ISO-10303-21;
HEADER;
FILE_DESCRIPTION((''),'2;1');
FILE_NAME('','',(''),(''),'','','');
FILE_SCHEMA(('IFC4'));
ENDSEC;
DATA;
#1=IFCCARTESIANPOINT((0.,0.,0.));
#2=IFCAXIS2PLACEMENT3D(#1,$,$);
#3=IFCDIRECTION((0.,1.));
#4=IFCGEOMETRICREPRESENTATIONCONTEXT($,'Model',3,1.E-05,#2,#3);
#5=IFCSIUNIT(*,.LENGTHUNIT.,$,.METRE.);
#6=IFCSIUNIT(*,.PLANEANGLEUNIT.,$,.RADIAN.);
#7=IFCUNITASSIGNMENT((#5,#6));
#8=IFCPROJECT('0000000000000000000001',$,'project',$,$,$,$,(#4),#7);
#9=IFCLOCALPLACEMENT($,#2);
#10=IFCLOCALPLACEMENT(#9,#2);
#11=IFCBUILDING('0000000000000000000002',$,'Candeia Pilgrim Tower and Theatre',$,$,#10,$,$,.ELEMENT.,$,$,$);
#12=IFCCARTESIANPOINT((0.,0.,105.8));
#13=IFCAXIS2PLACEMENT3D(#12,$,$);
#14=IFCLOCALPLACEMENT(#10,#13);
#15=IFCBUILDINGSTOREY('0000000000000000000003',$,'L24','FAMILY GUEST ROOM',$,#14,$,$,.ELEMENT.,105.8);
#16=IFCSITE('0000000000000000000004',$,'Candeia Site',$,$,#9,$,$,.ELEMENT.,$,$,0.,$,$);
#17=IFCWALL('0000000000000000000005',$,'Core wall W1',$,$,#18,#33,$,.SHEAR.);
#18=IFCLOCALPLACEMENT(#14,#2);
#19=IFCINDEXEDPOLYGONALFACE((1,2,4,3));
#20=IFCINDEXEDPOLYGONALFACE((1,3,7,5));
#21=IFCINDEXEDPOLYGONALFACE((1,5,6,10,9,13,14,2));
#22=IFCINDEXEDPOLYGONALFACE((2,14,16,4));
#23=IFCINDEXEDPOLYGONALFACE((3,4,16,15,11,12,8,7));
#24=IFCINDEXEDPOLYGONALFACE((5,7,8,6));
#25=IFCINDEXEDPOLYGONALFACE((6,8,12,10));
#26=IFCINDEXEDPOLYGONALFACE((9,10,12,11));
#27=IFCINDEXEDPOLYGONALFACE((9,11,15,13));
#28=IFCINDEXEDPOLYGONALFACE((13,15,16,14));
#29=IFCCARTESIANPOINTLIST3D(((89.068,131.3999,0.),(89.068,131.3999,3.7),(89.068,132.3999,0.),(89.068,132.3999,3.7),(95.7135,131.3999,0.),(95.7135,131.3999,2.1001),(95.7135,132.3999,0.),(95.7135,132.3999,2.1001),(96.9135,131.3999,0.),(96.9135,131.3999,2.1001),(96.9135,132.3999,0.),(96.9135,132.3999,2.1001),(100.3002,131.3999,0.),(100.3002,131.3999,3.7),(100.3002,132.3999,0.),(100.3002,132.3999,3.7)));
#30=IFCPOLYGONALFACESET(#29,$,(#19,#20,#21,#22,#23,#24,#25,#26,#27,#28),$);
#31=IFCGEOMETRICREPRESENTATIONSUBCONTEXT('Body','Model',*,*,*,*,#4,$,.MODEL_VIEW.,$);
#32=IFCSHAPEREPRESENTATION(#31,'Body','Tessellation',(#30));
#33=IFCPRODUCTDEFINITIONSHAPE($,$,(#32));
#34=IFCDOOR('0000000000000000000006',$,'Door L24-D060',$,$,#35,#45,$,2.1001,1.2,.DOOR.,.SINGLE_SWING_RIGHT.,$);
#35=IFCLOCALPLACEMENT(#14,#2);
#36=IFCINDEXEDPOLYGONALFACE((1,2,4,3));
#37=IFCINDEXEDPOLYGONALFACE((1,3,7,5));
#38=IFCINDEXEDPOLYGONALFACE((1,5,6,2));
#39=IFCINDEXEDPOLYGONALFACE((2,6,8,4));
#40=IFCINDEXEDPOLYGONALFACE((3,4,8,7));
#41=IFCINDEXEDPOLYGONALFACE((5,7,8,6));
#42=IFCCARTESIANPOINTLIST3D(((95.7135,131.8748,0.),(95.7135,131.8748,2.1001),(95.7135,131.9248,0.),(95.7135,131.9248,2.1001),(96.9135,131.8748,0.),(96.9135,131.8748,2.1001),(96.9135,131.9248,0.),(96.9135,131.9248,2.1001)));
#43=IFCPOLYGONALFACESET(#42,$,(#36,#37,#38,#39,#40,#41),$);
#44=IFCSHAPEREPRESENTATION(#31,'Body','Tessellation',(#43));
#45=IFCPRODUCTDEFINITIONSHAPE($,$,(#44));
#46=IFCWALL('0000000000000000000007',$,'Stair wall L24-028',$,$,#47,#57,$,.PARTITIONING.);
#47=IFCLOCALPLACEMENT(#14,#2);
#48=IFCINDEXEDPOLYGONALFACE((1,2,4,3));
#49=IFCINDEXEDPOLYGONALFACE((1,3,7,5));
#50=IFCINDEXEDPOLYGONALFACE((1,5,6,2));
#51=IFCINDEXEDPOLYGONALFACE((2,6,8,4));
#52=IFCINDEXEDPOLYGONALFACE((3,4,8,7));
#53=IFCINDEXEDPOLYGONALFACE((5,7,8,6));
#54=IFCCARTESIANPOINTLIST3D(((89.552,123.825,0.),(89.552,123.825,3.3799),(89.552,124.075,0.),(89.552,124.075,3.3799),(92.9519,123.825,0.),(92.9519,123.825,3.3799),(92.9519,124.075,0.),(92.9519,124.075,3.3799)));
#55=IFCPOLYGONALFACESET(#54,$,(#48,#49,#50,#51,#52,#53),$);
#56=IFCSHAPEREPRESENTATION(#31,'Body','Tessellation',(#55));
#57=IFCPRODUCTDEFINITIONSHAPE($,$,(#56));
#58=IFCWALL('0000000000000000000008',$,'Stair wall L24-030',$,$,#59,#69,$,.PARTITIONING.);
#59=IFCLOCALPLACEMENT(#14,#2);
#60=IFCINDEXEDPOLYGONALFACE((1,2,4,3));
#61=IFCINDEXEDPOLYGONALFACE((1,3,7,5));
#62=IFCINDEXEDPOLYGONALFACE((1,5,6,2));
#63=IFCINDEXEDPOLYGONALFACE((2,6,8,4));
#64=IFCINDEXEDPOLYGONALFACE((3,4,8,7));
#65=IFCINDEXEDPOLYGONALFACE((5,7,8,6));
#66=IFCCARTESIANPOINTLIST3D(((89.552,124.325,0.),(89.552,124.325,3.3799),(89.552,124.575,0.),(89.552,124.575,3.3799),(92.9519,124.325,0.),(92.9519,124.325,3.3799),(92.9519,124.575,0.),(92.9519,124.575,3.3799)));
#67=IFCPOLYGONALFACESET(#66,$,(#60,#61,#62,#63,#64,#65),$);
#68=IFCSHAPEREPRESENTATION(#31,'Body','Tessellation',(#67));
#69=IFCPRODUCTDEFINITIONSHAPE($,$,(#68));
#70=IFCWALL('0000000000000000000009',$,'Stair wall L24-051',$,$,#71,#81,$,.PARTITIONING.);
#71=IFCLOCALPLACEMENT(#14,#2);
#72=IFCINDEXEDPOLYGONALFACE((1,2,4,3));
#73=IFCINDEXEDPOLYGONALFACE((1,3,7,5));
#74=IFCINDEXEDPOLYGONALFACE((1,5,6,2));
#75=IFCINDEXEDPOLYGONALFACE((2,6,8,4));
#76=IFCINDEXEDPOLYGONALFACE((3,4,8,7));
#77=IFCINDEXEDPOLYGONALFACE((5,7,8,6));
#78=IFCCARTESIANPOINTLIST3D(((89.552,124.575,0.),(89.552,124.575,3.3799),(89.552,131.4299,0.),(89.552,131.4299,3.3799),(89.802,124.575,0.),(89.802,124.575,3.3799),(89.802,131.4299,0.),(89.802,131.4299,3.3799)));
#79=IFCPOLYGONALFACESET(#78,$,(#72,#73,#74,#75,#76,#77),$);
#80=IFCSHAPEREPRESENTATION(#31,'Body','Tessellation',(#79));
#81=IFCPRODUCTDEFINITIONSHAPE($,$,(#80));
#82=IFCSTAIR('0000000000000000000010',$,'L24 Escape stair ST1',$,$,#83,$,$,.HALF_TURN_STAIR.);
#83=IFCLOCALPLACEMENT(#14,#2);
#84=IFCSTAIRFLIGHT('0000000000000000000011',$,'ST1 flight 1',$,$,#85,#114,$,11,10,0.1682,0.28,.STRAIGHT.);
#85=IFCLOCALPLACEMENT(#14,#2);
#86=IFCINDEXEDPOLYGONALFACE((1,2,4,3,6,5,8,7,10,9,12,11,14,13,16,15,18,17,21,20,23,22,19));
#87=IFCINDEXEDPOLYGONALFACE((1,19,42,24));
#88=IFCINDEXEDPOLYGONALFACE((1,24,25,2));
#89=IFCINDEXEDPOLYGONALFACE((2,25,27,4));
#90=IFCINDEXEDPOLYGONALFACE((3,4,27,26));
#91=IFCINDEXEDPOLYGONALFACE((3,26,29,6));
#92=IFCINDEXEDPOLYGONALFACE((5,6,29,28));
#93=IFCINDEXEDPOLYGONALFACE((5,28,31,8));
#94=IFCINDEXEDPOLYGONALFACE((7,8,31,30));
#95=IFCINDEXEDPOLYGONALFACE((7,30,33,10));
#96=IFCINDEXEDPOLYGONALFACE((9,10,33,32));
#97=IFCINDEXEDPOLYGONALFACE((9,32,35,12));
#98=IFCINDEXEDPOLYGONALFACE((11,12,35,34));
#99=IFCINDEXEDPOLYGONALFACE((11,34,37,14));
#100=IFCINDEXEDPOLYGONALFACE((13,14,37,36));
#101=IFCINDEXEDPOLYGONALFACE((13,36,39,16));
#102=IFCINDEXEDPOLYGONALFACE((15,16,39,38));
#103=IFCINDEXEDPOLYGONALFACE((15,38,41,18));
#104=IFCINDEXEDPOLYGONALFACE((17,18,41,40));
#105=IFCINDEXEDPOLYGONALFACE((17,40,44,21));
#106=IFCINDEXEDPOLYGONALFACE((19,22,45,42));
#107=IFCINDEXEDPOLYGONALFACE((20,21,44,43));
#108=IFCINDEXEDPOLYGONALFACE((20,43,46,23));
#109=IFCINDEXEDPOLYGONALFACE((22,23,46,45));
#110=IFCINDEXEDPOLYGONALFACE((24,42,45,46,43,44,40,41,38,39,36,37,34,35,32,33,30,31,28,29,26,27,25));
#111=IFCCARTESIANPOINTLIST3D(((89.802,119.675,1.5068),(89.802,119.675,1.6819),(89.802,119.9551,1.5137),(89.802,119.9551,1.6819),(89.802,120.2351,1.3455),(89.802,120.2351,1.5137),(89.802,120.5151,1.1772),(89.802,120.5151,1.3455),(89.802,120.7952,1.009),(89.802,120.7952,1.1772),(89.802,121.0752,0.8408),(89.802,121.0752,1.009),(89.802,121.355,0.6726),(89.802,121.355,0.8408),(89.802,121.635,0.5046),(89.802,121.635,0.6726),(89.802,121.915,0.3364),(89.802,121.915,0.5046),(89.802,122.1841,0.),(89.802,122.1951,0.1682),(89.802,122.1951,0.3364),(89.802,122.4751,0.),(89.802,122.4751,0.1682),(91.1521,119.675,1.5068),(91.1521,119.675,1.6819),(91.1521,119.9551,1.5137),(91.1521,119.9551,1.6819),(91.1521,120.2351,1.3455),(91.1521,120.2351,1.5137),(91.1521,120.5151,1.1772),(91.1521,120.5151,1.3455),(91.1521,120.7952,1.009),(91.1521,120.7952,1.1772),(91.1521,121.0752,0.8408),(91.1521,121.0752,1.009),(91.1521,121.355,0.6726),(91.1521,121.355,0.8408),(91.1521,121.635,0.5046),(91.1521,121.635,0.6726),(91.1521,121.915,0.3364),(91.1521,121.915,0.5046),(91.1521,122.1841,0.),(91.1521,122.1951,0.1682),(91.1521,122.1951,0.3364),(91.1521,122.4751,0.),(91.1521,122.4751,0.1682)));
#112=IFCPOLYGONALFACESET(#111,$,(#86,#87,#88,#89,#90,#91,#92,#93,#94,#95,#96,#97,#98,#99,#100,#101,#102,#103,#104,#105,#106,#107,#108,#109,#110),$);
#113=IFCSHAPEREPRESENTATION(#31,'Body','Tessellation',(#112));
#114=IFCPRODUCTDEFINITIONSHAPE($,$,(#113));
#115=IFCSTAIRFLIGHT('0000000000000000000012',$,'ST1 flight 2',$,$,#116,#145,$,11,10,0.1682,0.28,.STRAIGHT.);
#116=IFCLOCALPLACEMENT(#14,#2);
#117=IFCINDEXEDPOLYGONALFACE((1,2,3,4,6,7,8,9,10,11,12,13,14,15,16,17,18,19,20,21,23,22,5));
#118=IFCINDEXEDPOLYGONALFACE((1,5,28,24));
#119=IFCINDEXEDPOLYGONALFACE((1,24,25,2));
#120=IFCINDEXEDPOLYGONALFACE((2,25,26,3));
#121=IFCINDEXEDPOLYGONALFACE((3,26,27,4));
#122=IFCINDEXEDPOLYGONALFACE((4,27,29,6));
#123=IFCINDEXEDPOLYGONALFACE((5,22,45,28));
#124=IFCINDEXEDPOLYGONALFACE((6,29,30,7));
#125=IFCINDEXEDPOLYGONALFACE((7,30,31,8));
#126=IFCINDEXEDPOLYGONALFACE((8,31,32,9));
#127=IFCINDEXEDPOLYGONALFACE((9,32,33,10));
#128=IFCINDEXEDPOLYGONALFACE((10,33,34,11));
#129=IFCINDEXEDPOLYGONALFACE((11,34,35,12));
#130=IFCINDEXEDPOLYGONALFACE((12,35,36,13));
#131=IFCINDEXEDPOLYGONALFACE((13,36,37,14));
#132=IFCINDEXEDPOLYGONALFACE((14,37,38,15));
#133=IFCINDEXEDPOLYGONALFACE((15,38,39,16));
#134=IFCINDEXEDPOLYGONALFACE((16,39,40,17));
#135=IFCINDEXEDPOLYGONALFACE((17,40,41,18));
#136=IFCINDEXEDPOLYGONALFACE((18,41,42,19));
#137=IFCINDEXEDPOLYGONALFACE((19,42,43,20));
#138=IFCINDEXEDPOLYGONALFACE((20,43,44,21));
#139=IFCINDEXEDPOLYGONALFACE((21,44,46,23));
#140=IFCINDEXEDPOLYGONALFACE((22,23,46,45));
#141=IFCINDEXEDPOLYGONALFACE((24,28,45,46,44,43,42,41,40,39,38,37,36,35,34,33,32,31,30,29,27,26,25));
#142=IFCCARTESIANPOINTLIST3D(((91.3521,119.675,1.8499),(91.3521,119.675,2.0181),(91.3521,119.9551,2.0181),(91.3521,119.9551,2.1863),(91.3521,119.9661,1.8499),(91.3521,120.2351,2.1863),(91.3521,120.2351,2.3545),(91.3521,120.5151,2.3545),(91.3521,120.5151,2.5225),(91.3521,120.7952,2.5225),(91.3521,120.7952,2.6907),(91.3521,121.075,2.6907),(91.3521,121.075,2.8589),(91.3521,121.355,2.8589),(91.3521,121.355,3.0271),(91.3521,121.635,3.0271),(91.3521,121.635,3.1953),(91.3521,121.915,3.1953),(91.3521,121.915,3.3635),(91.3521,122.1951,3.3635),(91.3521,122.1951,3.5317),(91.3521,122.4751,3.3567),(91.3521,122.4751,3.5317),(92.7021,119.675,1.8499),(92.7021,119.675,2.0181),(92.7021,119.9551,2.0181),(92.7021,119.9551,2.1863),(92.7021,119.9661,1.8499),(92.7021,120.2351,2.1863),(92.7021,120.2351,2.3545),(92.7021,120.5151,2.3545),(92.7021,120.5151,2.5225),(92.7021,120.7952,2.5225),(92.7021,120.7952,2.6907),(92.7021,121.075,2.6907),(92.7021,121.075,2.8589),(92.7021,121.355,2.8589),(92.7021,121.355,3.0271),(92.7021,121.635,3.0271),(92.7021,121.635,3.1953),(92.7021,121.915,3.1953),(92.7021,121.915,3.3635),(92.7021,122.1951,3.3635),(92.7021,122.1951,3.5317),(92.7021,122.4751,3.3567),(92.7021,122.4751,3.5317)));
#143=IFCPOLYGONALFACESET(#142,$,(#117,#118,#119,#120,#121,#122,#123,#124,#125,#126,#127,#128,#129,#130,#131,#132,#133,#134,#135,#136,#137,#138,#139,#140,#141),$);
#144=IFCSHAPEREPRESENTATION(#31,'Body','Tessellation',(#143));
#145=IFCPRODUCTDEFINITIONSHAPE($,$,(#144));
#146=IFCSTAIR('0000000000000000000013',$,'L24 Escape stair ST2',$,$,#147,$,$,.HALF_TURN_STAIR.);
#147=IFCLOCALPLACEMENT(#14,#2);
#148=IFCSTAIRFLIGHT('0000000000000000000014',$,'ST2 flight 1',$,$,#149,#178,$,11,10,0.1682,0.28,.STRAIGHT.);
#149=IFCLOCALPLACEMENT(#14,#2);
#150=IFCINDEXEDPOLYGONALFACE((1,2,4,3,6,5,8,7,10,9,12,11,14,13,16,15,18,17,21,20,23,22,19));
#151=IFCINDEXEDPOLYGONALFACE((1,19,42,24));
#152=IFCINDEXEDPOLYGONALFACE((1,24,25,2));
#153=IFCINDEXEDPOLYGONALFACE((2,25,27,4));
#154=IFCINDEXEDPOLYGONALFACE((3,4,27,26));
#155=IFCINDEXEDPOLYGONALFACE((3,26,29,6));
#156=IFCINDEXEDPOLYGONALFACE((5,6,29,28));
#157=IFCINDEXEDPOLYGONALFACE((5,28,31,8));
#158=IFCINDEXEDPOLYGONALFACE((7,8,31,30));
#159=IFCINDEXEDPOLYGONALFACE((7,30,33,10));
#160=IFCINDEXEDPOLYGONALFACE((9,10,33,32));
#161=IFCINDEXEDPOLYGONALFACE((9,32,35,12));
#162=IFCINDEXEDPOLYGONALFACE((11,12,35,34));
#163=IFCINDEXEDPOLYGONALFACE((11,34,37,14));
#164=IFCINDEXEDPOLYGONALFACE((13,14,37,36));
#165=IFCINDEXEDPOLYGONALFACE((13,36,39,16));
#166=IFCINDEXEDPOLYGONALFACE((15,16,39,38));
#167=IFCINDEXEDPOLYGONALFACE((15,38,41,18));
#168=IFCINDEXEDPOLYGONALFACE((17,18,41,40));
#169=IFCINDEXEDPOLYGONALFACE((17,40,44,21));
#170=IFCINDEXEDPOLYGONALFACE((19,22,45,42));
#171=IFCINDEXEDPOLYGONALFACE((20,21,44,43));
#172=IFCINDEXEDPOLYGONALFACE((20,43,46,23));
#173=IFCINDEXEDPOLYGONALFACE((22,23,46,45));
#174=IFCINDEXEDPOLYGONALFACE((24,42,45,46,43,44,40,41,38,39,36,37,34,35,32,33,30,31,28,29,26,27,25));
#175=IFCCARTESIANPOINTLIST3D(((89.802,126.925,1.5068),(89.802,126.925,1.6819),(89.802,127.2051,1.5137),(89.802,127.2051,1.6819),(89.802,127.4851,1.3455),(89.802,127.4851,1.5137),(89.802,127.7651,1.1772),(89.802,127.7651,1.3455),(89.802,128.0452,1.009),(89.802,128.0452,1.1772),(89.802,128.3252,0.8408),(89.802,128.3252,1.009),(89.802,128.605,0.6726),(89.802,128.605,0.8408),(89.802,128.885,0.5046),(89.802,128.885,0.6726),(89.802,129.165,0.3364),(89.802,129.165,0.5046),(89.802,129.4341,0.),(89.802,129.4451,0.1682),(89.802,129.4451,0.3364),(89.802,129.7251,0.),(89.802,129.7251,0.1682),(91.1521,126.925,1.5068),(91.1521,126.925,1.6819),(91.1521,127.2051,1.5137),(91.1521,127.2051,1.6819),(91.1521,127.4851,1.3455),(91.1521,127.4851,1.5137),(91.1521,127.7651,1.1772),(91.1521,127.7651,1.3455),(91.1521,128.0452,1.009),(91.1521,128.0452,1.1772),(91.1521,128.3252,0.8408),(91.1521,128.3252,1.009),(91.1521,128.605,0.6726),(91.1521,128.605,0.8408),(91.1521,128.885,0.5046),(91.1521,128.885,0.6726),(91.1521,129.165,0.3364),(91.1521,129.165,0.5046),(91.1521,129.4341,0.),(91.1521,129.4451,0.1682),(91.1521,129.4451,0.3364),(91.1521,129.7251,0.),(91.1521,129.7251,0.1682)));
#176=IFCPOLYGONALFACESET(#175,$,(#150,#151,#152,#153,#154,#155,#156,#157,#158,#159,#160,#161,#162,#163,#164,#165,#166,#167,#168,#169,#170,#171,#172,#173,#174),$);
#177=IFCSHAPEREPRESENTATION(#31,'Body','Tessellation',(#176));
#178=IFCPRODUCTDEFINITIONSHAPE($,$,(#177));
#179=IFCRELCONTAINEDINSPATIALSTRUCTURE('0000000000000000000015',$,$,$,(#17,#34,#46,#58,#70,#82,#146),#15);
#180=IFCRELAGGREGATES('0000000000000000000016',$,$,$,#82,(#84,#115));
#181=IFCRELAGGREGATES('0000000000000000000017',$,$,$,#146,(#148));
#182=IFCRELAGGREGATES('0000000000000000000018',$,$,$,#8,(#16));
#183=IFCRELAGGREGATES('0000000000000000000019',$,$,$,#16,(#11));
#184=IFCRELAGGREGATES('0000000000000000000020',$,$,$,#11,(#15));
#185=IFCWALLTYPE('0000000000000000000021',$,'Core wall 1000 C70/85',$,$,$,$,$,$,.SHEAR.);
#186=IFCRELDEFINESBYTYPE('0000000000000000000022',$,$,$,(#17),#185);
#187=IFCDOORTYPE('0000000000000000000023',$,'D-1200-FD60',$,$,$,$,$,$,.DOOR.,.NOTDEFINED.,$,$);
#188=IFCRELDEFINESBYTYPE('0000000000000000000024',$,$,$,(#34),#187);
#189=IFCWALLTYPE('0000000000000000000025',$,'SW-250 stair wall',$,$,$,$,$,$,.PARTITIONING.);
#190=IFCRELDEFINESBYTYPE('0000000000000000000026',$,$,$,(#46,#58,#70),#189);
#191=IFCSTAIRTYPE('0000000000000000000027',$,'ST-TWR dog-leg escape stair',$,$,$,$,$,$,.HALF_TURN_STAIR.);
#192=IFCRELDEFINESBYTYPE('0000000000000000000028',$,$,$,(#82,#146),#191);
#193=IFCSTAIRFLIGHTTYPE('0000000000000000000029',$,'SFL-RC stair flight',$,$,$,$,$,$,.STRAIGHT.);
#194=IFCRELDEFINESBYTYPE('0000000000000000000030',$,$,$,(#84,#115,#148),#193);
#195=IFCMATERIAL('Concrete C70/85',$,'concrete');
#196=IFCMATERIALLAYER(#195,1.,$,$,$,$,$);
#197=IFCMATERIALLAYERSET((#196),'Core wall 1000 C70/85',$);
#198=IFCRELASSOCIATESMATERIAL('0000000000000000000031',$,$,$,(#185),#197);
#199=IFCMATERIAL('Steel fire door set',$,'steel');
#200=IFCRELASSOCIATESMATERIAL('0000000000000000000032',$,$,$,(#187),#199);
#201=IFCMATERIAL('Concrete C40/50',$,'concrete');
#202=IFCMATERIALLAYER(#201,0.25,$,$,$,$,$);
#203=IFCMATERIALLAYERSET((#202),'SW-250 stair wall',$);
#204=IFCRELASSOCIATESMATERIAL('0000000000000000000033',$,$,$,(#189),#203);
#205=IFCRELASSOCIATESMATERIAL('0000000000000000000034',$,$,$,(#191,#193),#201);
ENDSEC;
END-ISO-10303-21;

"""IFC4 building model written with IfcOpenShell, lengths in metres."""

from ifc_helpers import new_model, si_unit, direction, frame, frame_2d, origin, place, context, subcontext, project, spatial, polyline, rectangle, outline, extrude, material, layer, layer_set, type_object, element, fill, aggregate, save


model = new_model("IFC4")

# Units and contexts
model_context = context("Model", 3, precision=1e-05, world=origin(), true_north=direction((0.0, 1.0)))
body_context = subcontext(model_context, "Body", "Model", "MODEL_VIEW")
ifc_project = project(units=[si_unit("LENGTHUNIT", "METRE"), si_unit("PLANEANGLEUNIT", "RADIAN")], contexts=[model_context])

# Site, building, storey
site_placement = place(None, origin())
site = spatial("IfcSite", under=ifc_project, at=site_placement, Name="Candeia Site", CompositionType="ELEMENT", RefElevation=0.0)
building_placement = place(site_placement, origin())
building = spatial("IfcBuilding", under=site, at=building_placement, Name="Candeia Pilgrim Tower and Theatre", CompositionType="ELEMENT")
storey_placement = place(building_placement, frame((0.0, 0.0, 105.8)))
storey = spatial("IfcBuildingStorey", under=building, at=storey_placement, Name="L24", Description="FAMILY GUEST ROOM", CompositionType="ELEMENT", Elevation=105.8)

# Wall, opening, door
ifc_material_1 = material(Name="Concrete C70/85", Category="concrete")
ifc_layer_1 = layer(ifc_material_1, 1.0)
ifc_layer_set_1 = layer_set([ifc_layer_1], Name="Core wall 1000 C70/85")
wall_type_1 = type_object("IfcWallType", Name="Core wall 1000 C70/85", PredefinedType="SHEAR", material=ifc_layer_set_1)
wall_1_placement = place(storey_placement, frame((89.0679, 131.8999, 0.0), z_axis=(0.0, 0.0, 1.0), x_axis=(1.0, 0.0, 0.0)))
wall_1 = element("IfcWall", 1, at=wall_1_placement, inside=storey, type_object=wall_type_1, Name="Core wall W1", PredefinedType="SHEAR", context=body_context, shape_type="SweptSolid", body=[
    extrude(rectangle(XDim=11.2322, YDim=1.0, at=frame_2d((5.6162, 0.0))), origin(), (0.0, 0.0, 1.0), 3.7),
])
opening_placement = place(wall_1_placement, frame((6.6455, 0.0, 0.0)))
opening = element("IfcOpeningElement", 2, at=opening_placement, cuts=wall_1, PredefinedType="OPENING", context=body_context, shape_type="SweptSolid", body=[
    extrude(rectangle(XDim=1.2, YDim=2.1001, at=frame_2d((0.6001, 1.05))), frame((0.0, 0.51, 0.0), z_axis=(0.0, -1.0, 0.0), x_axis=(1.0, 0.0, 0.0)), (0.0, 0.0, 1.0), 1.02),
])
ifc_material_2 = material(Name="Steel fire door set", Category="steel")
door_type = type_object("IfcDoorType", Name="D-1200-FD60", OperationType="NOTDEFINED", PredefinedType="DOOR", material=ifc_material_2)
door_placement = place(opening_placement, origin())
door = element("IfcDoor", 3, at=door_placement, inside=storey, type_object=door_type, Name="Door L24-D060", OperationType="SINGLE_SWING_RIGHT", OverallHeight=2.1001, OverallWidth=1.2, PredefinedType="DOOR", context=body_context, shape_type="SweptSolid", body=[
    extrude(rectangle(XDim=1.2, YDim=2.1001, at=frame_2d((0.6001, 1.05))), frame((0.0, 0.0249, 0.0), z_axis=(0.0, -1.0, 0.0), x_axis=(1.0, 0.0, 0.0)), (0.0, 0.0, 1.0), 0.05),
])
fill(opening, door)

# Walls
ifc_material_3 = material(Name="Concrete C40/50", Category="concrete")
ifc_layer_2 = layer(ifc_material_3, 0.25)
ifc_layer_set_2 = layer_set([ifc_layer_2], Name="SW-250 stair wall")
wall_type_2 = type_object("IfcWallType", Name="SW-250 stair wall", PredefinedType="PARTITIONING", material=ifc_layer_set_2)
for number, where, z_axis, x_axis, name in (
    (4, (89.552, 123.95, 0.0), (0.0, 0.0, 1.0), (1.0, 0.0, 0.0), "Stair wall L24-028"),
    (5, (89.552, 124.45, 0.0), (0.0, 0.0, 1.0), (1.0, 0.0, 0.0), "Stair wall L24-030"),
):
    element("IfcWall", number, at=place(storey_placement, frame(where, z_axis=z_axis, x_axis=x_axis)), inside=storey, type_object=wall_type_2, Name=name, PredefinedType="PARTITIONING", context=body_context, shape_type="SweptSolid", body=[
        extrude(rectangle(XDim=3.3999, YDim=0.25, at=frame_2d((1.7, 0.0))), origin(), (0.0, 0.0, 1.0), 3.3799),
    ])
wall_2_placement = place(storey_placement, frame((89.677, 124.575, 0.0), z_axis=(0.0, 0.0, 1.0), x_axis=(0.0, 1.0, 0.0)))
element("IfcWall", 6, at=wall_2_placement, inside=storey, type_object=wall_type_2, Name="Stair wall L24-051", PredefinedType="PARTITIONING", context=body_context, shape_type="SweptSolid", body=[
    extrude(rectangle(XDim=6.855, YDim=0.25, at=frame_2d((3.4275, 0.0))), origin(), (0.0, 0.0, 1.0), 3.3799),
])

# Stairs, stair flights
stair_type = type_object("IfcStairType", Name="ST-TWR dog-leg escape stair", PredefinedType="HALF_TURN_STAIR", material=ifc_material_3)
stair_1_placement = place(storey_placement, origin())
stair_1 = element("IfcStair", 7, at=stair_1_placement, inside=storey, type_object=stair_type, Name="L24 Escape stair ST1", PredefinedType="HALF_TURN_STAIR")
stair_flight_type = type_object("IfcStairFlightType", Name="SFL-RC stair flight", PredefinedType="STRAIGHT", material=ifc_material_3)
stair_flight_1_placement = place(storey_placement, frame((90.4771, 122.4751, 0.0), z_axis=(0.0, 0.0, 1.0), x_axis=(0.0, -1.0, 0.0)))
stair_flight_1 = element("IfcStairFlight", 8, at=stair_flight_1_placement, type_object=stair_flight_type, Name="ST1 flight 1", NumberOfRisers=11, NumberOfTreads=10, PredefinedType="STRAIGHT", RiserHeight=0.1682, TreadLength=0.28, context=body_context, shape_type="SweptSolid", body=[
    extrude(outline(polyline([(0.0, 0.0), (0.0, 0.1682), (0.28, 0.1682), (0.28, 0.3364), (0.5601, 0.3364), (0.5601, 0.5046), (0.8401, 0.5046), (0.8401, 0.6726), (1.1201, 0.6726), (1.1201, 0.8408), (1.3999, 0.8408), (1.3999, 1.009), (1.6799, 1.009), (1.6799, 1.1772), (1.96, 1.1772), (1.96, 1.3455), (2.24, 1.3455), (2.24, 1.5137), (2.52, 1.5137), (2.52, 1.6819), (2.8, 1.6819), (2.8, 1.8501), (2.8, 1.5068), (0.291, 0.0), (0.0, 0.0)])), frame((0.0, 0.675, 0.0), z_axis=(0.0, -1.0, 0.0), x_axis=(1.0, 0.0, 0.0)), (0.0, 0.0, 1.0), 1.3501),
])
stair_flight_2_placement = place(storey_placement, frame((92.0271, 119.675, 1.8499), z_axis=(0.0, 0.0, 1.0), x_axis=(0.0, 1.0, 0.0)))
stair_flight_2 = element("IfcStairFlight", 9, at=stair_flight_2_placement, type_object=stair_flight_type, Name="ST1 flight 2", NumberOfRisers=11, NumberOfTreads=10, PredefinedType="STRAIGHT", RiserHeight=0.1682, TreadLength=0.28, context=body_context, shape_type="SweptSolid", body=[
    extrude(outline(polyline([(0.0, 0.0), (0.0, 0.1682), (0.28, 0.1682), (0.28, 0.3364), (0.5601, 0.3364), (0.5601, 0.5046), (0.8401, 0.5046), (0.8401, 0.6726), (1.1201, 0.6726), (1.1201, 0.8408), (1.3999, 0.8408), (1.3999, 1.009), (1.6799, 1.009), (1.6799, 1.1772), (1.96, 1.1772), (1.96, 1.3455), (2.24, 1.3455), (2.24, 1.5137), (2.52, 1.5137), (2.52, 1.6819), (2.8, 1.6819), (2.8, 1.8501), (2.8, 1.5068), (0.291, 0.0), (0.0, 0.0)])), frame((0.0, 0.675, 0.0), z_axis=(0.0, -1.0, 0.0), x_axis=(1.0, 0.0, 0.0)), (0.0, 0.0, 1.0), 1.3501),
])
aggregate(stair_1, [stair_flight_1, stair_flight_2])
stair_2_placement = place(storey_placement, origin())
stair_2 = element("IfcStair", 10, at=stair_2_placement, inside=storey, type_object=stair_type, Name="L24 Escape stair ST2", PredefinedType="HALF_TURN_STAIR")
stair_flight_3_placement = place(storey_placement, frame((90.4771, 129.7251, 0.0), z_axis=(0.0, 0.0, 1.0), x_axis=(0.0, -1.0, 0.0)))
stair_flight_3 = element("IfcStairFlight", 11, at=stair_flight_3_placement, type_object=stair_flight_type, Name="ST2 flight 1", NumberOfRisers=11, NumberOfTreads=10, PredefinedType="STRAIGHT", RiserHeight=0.1682, TreadLength=0.28, context=body_context, shape_type="SweptSolid", body=[
    extrude(outline(polyline([(0.0, 0.0), (0.0, 0.1682), (0.28, 0.1682), (0.28, 0.3364), (0.5601, 0.3364), (0.5601, 0.5046), (0.8401, 0.5046), (0.8401, 0.6726), (1.1201, 0.6726), (1.1201, 0.8408), (1.3999, 0.8408), (1.3999, 1.009), (1.6799, 1.009), (1.6799, 1.1772), (1.96, 1.1772), (1.96, 1.3455), (2.24, 1.3455), (2.24, 1.5137), (2.52, 1.5137), (2.52, 1.6819), (2.8, 1.6819), (2.8, 1.8501), (2.8, 1.5068), (0.291, 0.0), (0.0, 0.0)])), frame((0.0, 0.675, 0.0), z_axis=(0.0, -1.0, 0.0), x_axis=(1.0, 0.0, 0.0)), (0.0, 0.0, 1.0), 1.3501),
])
aggregate(stair_2, [stair_flight_3])

save(model, "model.ifc")
